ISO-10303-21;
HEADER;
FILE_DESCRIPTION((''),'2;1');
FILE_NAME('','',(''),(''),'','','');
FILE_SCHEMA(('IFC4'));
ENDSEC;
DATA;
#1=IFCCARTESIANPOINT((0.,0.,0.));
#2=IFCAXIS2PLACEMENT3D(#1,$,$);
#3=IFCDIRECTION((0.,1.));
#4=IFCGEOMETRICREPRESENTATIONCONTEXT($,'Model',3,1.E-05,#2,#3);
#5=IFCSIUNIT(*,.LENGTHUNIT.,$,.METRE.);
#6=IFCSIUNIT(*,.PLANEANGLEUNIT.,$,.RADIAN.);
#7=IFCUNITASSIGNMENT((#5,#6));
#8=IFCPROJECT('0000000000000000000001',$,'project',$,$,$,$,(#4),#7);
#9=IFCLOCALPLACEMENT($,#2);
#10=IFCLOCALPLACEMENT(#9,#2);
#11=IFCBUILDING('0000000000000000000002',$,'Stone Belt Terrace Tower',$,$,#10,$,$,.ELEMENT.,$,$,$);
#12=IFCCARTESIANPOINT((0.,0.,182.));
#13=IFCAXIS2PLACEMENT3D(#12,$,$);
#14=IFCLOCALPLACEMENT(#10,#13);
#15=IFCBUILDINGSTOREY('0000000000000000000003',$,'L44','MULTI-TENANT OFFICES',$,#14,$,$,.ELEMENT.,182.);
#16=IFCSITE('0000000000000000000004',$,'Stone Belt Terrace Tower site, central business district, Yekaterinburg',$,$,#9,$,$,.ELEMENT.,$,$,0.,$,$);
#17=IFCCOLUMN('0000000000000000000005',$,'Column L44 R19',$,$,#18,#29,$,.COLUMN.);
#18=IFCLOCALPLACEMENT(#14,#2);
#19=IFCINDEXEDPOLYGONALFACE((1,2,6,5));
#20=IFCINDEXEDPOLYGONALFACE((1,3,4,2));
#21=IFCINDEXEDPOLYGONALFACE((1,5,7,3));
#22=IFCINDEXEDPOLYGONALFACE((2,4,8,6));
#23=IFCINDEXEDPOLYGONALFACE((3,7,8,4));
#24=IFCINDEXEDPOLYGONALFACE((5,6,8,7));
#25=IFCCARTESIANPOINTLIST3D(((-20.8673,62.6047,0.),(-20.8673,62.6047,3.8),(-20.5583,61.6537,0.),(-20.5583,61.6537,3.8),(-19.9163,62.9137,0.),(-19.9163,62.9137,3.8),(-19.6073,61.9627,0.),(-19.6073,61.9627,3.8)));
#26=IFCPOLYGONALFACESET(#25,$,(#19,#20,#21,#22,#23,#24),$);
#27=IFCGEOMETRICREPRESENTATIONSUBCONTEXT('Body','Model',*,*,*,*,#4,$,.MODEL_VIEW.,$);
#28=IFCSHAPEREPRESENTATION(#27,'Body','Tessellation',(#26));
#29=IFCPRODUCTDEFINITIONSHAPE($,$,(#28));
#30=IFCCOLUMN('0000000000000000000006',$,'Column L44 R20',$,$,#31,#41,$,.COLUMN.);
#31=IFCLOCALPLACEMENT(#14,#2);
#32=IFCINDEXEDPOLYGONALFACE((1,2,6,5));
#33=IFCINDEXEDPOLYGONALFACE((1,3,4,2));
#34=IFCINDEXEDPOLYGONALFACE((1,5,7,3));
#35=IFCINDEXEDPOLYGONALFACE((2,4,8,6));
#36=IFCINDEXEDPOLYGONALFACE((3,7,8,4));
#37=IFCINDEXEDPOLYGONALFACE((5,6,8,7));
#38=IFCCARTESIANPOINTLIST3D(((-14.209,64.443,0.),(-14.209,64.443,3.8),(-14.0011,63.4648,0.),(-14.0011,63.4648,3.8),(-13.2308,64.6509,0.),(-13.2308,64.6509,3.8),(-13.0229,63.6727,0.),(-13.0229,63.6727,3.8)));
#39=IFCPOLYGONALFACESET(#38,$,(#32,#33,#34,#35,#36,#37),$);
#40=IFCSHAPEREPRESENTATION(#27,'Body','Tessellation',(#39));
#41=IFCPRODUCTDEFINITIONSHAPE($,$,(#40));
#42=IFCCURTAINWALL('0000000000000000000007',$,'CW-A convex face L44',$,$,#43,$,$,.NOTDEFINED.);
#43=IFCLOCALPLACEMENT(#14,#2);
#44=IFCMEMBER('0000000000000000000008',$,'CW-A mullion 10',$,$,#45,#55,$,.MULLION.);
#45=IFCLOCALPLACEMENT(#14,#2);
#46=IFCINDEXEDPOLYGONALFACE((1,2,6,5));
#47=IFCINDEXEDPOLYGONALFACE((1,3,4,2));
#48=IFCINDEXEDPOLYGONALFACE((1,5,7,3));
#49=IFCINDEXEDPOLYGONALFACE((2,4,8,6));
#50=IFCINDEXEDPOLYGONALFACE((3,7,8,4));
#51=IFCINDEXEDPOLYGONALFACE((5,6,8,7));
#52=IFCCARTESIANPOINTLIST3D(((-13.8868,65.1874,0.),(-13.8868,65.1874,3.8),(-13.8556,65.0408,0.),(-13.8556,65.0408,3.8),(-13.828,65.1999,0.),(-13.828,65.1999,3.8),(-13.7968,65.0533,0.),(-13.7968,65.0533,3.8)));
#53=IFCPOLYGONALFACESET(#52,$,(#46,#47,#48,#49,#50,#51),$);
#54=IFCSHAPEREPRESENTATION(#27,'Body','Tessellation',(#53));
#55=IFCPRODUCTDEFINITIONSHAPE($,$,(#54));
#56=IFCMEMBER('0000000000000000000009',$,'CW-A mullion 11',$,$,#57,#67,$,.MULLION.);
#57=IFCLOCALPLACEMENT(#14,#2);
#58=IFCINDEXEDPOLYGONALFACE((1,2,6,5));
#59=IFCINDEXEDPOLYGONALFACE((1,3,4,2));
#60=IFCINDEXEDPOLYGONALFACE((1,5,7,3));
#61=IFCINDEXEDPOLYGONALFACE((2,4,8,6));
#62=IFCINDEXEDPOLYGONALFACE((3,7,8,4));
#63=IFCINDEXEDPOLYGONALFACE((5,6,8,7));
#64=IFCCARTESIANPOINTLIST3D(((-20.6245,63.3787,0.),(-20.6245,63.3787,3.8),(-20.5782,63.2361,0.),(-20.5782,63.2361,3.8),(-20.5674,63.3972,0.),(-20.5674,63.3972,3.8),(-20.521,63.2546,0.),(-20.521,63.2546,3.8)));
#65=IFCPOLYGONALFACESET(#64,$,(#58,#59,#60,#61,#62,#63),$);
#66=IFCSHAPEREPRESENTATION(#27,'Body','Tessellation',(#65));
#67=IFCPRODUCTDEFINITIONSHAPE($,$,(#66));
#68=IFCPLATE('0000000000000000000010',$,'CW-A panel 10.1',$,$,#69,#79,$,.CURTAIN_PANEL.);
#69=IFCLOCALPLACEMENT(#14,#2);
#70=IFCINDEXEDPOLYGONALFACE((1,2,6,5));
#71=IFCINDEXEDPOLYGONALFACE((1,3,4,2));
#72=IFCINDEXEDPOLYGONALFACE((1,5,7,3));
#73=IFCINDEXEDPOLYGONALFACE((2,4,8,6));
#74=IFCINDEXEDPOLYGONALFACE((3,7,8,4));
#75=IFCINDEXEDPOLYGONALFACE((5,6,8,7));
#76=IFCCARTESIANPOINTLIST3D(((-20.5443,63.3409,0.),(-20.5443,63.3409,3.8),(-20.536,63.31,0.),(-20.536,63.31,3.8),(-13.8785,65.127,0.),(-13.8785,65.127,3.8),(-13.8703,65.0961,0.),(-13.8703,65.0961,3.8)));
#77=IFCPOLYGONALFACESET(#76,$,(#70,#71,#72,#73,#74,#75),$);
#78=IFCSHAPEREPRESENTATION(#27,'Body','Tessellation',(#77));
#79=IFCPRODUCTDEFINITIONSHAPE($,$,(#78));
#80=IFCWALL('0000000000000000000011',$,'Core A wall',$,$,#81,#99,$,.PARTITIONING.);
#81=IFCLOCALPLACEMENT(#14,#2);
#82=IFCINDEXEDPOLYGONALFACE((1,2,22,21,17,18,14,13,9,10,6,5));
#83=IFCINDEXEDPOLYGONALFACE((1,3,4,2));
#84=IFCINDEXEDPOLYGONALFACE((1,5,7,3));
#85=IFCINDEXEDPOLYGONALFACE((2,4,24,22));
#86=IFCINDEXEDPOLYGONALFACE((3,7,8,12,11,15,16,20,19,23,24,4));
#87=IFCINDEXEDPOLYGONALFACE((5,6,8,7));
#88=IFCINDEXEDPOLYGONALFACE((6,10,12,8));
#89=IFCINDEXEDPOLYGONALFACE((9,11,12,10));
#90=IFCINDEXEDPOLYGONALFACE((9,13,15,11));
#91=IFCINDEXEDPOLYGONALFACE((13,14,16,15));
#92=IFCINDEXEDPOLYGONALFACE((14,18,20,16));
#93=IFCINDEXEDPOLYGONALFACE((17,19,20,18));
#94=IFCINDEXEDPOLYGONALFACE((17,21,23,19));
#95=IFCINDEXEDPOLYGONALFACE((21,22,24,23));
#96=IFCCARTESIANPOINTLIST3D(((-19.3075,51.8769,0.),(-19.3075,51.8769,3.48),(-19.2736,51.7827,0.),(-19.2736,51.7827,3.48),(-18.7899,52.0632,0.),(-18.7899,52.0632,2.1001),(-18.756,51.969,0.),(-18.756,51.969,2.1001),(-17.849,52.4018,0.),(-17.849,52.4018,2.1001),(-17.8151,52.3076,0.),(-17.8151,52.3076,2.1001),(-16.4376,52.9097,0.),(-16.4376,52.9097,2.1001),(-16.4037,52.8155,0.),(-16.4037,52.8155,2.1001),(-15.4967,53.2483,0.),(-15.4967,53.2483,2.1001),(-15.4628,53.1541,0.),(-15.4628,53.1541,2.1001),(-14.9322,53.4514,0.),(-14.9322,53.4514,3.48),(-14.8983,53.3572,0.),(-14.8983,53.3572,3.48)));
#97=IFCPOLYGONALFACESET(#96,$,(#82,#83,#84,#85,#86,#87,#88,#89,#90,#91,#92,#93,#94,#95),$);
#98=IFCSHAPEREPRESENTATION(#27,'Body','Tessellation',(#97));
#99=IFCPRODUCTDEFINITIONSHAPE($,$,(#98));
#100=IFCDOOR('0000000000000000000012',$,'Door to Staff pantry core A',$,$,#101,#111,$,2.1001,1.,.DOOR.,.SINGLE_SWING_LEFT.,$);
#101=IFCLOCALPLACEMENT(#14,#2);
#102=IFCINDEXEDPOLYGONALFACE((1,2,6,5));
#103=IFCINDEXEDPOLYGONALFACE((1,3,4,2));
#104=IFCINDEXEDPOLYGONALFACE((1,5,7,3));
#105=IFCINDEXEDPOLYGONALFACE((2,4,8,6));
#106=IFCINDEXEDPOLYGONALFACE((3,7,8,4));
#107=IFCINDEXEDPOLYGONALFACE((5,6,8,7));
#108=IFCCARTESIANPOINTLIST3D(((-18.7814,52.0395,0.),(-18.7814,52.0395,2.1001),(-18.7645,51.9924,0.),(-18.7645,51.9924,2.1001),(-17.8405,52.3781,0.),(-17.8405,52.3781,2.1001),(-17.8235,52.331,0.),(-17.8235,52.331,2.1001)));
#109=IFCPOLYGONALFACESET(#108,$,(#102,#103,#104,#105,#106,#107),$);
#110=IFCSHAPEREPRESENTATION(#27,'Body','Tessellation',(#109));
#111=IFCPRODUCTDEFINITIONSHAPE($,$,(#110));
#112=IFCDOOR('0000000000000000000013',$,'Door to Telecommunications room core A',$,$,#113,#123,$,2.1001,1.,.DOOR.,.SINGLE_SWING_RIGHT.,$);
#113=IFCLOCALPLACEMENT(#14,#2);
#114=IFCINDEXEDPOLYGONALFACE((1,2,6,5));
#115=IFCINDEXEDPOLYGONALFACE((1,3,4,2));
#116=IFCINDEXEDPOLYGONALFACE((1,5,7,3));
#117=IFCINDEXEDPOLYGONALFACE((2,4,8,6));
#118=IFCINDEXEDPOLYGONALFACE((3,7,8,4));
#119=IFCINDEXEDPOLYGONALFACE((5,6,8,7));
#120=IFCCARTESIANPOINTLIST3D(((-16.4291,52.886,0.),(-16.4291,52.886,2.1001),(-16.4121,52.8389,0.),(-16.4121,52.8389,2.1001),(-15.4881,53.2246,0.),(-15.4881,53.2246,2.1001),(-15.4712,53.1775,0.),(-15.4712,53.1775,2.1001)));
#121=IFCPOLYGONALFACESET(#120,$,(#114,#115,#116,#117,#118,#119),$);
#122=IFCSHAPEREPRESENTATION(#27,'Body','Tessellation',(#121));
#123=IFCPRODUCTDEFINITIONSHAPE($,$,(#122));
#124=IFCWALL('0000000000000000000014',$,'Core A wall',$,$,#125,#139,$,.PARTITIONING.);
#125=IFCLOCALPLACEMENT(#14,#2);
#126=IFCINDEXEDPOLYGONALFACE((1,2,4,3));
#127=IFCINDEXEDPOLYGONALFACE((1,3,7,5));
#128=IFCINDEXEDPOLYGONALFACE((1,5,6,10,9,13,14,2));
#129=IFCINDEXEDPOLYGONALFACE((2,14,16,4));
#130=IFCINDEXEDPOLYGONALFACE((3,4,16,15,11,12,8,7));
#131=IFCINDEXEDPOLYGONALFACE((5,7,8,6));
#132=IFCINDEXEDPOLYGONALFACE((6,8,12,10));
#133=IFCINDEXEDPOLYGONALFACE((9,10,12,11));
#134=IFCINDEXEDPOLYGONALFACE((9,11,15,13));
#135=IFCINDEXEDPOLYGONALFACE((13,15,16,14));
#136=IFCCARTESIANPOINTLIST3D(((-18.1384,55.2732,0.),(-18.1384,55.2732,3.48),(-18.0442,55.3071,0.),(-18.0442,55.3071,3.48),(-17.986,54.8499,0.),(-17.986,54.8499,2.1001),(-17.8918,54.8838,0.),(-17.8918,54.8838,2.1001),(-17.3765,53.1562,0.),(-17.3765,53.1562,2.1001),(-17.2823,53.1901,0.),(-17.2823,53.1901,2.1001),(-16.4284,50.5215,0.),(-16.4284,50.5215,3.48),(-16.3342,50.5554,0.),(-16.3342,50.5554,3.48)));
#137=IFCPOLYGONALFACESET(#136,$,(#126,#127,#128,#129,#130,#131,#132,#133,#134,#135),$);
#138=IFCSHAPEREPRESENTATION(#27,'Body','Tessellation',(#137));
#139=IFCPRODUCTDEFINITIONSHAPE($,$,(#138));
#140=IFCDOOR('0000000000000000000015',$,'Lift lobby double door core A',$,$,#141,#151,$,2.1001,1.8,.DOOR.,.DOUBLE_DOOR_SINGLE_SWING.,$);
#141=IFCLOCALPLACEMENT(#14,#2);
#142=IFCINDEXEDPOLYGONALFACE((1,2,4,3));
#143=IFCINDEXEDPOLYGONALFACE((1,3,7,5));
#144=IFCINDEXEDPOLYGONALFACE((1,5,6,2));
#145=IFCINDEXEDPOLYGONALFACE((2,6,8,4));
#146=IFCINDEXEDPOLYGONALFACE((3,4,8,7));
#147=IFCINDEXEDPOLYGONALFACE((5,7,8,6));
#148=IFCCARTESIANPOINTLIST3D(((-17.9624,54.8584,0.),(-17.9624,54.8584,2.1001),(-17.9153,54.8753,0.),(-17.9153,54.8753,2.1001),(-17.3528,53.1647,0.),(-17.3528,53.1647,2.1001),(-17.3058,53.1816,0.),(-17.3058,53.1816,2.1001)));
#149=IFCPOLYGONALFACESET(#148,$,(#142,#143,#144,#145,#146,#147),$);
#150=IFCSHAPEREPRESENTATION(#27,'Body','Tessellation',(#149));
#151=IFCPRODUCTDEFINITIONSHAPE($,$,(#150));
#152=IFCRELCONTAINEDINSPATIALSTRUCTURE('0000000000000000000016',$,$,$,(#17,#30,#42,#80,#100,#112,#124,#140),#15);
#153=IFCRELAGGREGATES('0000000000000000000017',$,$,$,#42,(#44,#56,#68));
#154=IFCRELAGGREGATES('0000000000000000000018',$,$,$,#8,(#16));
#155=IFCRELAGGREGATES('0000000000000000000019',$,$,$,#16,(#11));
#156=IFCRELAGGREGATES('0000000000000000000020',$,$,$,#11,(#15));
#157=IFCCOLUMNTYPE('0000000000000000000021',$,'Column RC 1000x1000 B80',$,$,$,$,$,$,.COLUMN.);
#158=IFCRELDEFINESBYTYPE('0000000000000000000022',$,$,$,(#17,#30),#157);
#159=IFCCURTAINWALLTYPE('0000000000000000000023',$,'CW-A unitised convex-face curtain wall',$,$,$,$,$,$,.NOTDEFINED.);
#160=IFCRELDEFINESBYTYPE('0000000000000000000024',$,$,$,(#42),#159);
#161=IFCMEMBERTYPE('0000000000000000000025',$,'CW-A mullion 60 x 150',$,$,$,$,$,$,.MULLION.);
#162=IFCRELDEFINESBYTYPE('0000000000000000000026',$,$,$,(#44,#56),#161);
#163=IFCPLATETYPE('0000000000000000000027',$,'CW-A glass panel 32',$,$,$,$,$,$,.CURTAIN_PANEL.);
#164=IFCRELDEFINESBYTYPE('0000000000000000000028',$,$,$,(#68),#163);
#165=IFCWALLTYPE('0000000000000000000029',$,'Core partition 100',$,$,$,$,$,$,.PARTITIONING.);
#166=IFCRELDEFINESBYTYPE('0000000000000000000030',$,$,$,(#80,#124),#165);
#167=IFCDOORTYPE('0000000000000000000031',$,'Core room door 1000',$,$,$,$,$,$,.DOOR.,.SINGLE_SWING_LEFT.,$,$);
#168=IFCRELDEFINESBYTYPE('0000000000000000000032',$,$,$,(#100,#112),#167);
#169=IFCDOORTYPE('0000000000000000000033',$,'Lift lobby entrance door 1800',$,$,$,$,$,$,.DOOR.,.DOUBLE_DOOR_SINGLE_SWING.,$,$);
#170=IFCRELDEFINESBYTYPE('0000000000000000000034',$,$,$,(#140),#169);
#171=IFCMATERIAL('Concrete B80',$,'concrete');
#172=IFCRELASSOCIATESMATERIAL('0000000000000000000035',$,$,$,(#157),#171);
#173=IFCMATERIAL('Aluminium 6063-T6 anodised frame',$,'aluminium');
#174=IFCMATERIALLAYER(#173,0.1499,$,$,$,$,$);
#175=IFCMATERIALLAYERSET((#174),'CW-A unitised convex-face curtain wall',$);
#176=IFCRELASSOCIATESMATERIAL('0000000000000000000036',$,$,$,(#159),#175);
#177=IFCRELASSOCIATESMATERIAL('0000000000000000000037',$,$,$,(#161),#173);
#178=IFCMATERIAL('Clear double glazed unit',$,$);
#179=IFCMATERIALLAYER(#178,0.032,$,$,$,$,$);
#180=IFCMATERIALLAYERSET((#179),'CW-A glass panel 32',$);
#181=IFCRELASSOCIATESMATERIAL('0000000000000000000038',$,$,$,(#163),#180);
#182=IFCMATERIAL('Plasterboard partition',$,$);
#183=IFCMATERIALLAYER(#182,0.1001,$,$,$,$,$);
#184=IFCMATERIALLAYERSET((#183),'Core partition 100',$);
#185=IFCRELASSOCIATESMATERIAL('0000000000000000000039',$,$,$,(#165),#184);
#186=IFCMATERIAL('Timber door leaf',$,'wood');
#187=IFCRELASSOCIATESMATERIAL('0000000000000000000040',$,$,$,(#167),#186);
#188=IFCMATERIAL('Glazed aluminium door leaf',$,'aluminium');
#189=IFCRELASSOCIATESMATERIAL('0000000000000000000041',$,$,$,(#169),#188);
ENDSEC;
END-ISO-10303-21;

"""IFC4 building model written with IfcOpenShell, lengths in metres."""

from ifc_helpers import new_model, si_unit, direction, frame, frame_2d, origin, origin_2d, place, context, subcontext, project, spatial, rectangle, extrude, material, layer, layer_set, material_profile, profile_set, type_object, element, fill, aggregate, save


model = new_model("IFC4")

# Units and contexts
model_context = context("Model", 3, precision=1e-05, world=origin(), true_north=direction((0.0, 1.0)))
body_context = subcontext(model_context, "Body", "Model", "MODEL_VIEW")
ifc_project = project(units=[si_unit("LENGTHUNIT", "METRE"), si_unit("PLANEANGLEUNIT", "RADIAN")], contexts=[model_context])

# Site, building, storey
site_placement = place(None, origin())
site = spatial("IfcSite", under=ifc_project, at=site_placement, Name="Stone Belt Terrace Tower site, central business district, Yekaterinburg", CompositionType="ELEMENT", RefElevation=0.0)
building_placement = place(site_placement, origin())
building = spatial("IfcBuilding", under=site, at=building_placement, Name="Stone Belt Terrace Tower", CompositionType="ELEMENT")
storey_placement = place(building_placement, frame((0.0, 0.0, 182.0)))
storey = spatial("IfcBuildingStorey", under=building, at=storey_placement, Name="L44", Description="MULTI-TENANT OFFICES", CompositionType="ELEMENT", Elevation=182.0)

# Columns
ifc_material_1 = material(Name="Concrete B80", Category="concrete")
ifc_material_profile_1 = material_profile(ifc_material_1, rectangle(XDim=1.0, YDim=1.0, at=origin_2d()), Name="RC 1000x1000")
ifc_profile_set_1 = profile_set([ifc_material_profile_1], Name="Concrete B80")
column_type = type_object("IfcColumnType", Name="Column RC 1000x1000 B80", PredefinedType="COLUMN", material=ifc_profile_set_1)
for number, where, z_axis, x_axis, name in (
    (1, (-20.2373, 62.2837, 0.0), (0.0, 0.0, 1.0), (0.951057, 0.309017, 0.0), "Column L44 R19"),
    (2, (-13.616, 64.0579, 0.0), (0.0, 0.0, 1.0), (0.978148, 0.207912, 0.0), "Column L44 R20"),
):
    element("IfcColumn", number, at=place(storey_placement, frame(where, z_axis=z_axis, x_axis=x_axis)), inside=storey, type_object=column_type, Name=name, PredefinedType="COLUMN", context=body_context, shape_type="SweptSolid", body=[
        extrude(rectangle(XDim=1.0, YDim=1.0, at=origin_2d()), origin(), (0.0, 0.0, 1.0), 3.8),
    ])

# Curtain wall, members, plate
ifc_material_2 = material(Name="Aluminium 6063-T6 anodised frame", Category="aluminium")
ifc_layer_1 = layer(ifc_material_2, 0.1499)
ifc_layer_set_1 = layer_set([ifc_layer_1], Name="CW-A unitised convex-face curtain wall")
curtain_wall_type = type_object("IfcCurtainWallType", Name="CW-A unitised convex-face curtain wall", PredefinedType="NOTDEFINED", material=ifc_layer_set_1)
curtain_wall_placement = place(storey_placement, origin())
curtain_wall = element("IfcCurtainWall", 3, at=curtain_wall_placement, inside=storey, type_object=curtain_wall_type, Name="CW-A convex face L44", PredefinedType="NOTDEFINED")
ifc_material_profile_2 = material_profile(ifc_material_2, rectangle(XDim=0.1499, YDim=0.0601, at=origin_2d()), Name="Aluminium 6063-T6 60x150")
ifc_profile_set_2 = profile_set([ifc_material_profile_2], Name="Aluminium 6063-T6 anodised frame")
member_type = type_object("IfcMemberType", Name="CW-A mullion 60 x 150", PredefinedType="MULLION", material=ifc_profile_set_2)
member_1_placement = place(storey_placement, frame((-13.8418, 65.1204, 0.0), z_axis=(0.0, 0.0, 1.0), x_axis=(0.207912, -0.978148, 0.0)))
member_1 = element("IfcMember", 4, at=member_1_placement, type_object=member_type, Name="CW-A mullion 10", PredefinedType="MULLION", context=body_context, shape_type="SweptSolid", body=[
    extrude(rectangle(XDim=0.1499, YDim=0.0601, at=origin_2d()), origin(), (0.0, 0.0, 1.0), 3.8),
])
member_2_placement = place(storey_placement, frame((-20.5728, 63.3167, 0.0), z_axis=(0.0, 0.0, 1.0), x_axis=(0.309017, -0.951057, 0.0)))
member_2 = element("IfcMember", 5, at=member_2_placement, type_object=member_type, Name="CW-A mullion 11", PredefinedType="MULLION", context=body_context, shape_type="SweptSolid", body=[
    extrude(rectangle(XDim=0.1499, YDim=0.0601, at=origin_2d()), origin(), (0.0, 0.0, 1.0), 3.8),
])
ifc_material_3 = material(Name="Clear double glazed unit")
ifc_layer_2 = layer(ifc_material_3, 0.032)
ifc_layer_set_2 = layer_set([ifc_layer_2], Name="CW-A glass panel 32")
plate_type = type_object("IfcPlateType", Name="CW-A glass panel 32", PredefinedType="CURTAIN_PANEL", material=ifc_layer_set_2)
plate_placement = place(storey_placement, frame((-17.2073, 64.2185, 0.0), z_axis=(0.0, 0.0, 1.0), x_axis=(-0.965926, -0.258819, 0.0)))
plate = element("IfcPlate", 6, at=plate_placement, type_object=plate_type, Name="CW-A panel 10.1", PredefinedType="CURTAIN_PANEL", context=body_context, shape_type="SweptSolid", body=[
    extrude(rectangle(XDim=6.9009, YDim=0.032, at=origin_2d()), origin(), (0.0, 0.0, 1.0), 3.8),
])
aggregate(curtain_wall, [member_1, member_2, plate])

# Wall, openings, doors
ifc_material_4 = material(Name="Plasterboard partition")
ifc_layer_3 = layer(ifc_material_4, 0.1001)
ifc_layer_set_3 = layer_set([ifc_layer_3], Name="Core partition 100")
wall_type_1 = type_object("IfcWallType", Name="Core partition 100", PredefinedType="PARTITIONING", material=ifc_layer_set_3)
wall_1_placement = place(storey_placement, frame((-19.2905, 51.8298, 0.0), z_axis=(0.0, 0.0, 1.0), x_axis=(0.94093, 0.3386, 0.0)))
wall_1 = element("IfcWall", 7, at=wall_1_placement, inside=storey, type_object=wall_type_1, Name="Core A wall", PredefinedType="PARTITIONING", context=body_context, shape_type="SweptSolid", body=[
    extrude(rectangle(XDim=4.6499, YDim=0.1001, at=frame_2d((2.325, 0.0))), origin(), (0.0, 0.0, 1.0), 3.48),
])
opening_1_placement = place(wall_1_placement, frame((0.55, 0.0, 0.0)))
opening_1 = element("IfcOpeningElement", 8, at=opening_1_placement, cuts=wall_1, PredefinedType="OPENING", context=body_context, shape_type="SweptSolid", body=[
    extrude(rectangle(XDim=1.0, YDim=2.1001, at=frame_2d((0.5, 1.05))), frame((0.0, 0.0601, 0.0), z_axis=(0.0, -1.0, 0.0), x_axis=(1.0, 0.0, 0.0)), (0.0, 0.0, 1.0), 0.1201),
])
opening_2_placement = place(wall_1_placement, frame((3.05, 0.0, 0.0)))
opening_2 = element("IfcOpeningElement", 9, at=opening_2_placement, cuts=wall_1, PredefinedType="OPENING", context=body_context, shape_type="SweptSolid", body=[
    extrude(rectangle(XDim=1.0, YDim=2.1001, at=frame_2d((0.5, 1.05))), frame((0.0, 0.0601, 0.0), z_axis=(0.0, -1.0, 0.0), x_axis=(1.0, 0.0, 0.0)), (0.0, 0.0, 1.0), 0.1201),
])
ifc_material_5 = material(Name="Timber door leaf", Category="wood")
door_type_1 = type_object("IfcDoorType", Name="Core room door 1000", OperationType="SINGLE_SWING_LEFT", PredefinedType="DOOR", material=ifc_material_5)
door_1_placement = place(opening_1_placement, origin())
door_1 = element("IfcDoor", 10, at=door_1_placement, inside=storey, type_object=door_type_1, Name="Door to Staff pantry core A", OperationType="SINGLE_SWING_LEFT", OverallHeight=2.1001, OverallWidth=1.0, PredefinedType="DOOR", context=body_context, shape_type="SweptSolid", body=[
    extrude(rectangle(XDim=1.0, YDim=2.1001, at=frame_2d((0.5, 1.05))), frame((0.0, 0.0249, 0.0), z_axis=(0.0, -1.0, 0.0), x_axis=(1.0, 0.0, 0.0)), (0.0, 0.0, 1.0), 0.05),
])
fill(opening_1, door_1)
door_2_placement = place(opening_2_placement, origin())
door_2 = element("IfcDoor", 11, at=door_2_placement, inside=storey, type_object=door_type_1, Name="Door to Telecommunications room core A", OperationType="SINGLE_SWING_RIGHT", OverallHeight=2.1001, OverallWidth=1.0, PredefinedType="DOOR", context=body_context, shape_type="SweptSolid", body=[
    extrude(rectangle(XDim=1.0, YDim=2.1001, at=frame_2d((0.5, 1.05))), frame((0.0, 0.0249, 0.0), z_axis=(0.0, -1.0, 0.0), x_axis=(1.0, 0.0, 0.0)), (0.0, 0.0, 1.0), 0.05),
])
fill(opening_2, door_2)

# Wall, opening, door
wall_2_placement = place(storey_placement, frame((-16.3813, 50.5386, 0.0), z_axis=(0.0, 0.0, 1.0), x_axis=(-0.338605, 0.940929, 0.0)))
wall_2 = element("IfcWall", 12, at=wall_2_placement, inside=storey, type_object=wall_type_1, Name="Core A wall", PredefinedType="PARTITIONING", context=body_context, shape_type="SweptSolid", body=[
    extrude(rectangle(XDim=5.05, YDim=0.1001, at=frame_2d((2.5249, 0.0))), origin(), (0.0, 0.0, 1.0), 3.48),
])
opening_3_placement = place(wall_2_placement, frame((2.8, 0.0, 0.0)))
opening_3 = element("IfcOpeningElement", 13, at=opening_3_placement, cuts=wall_2, PredefinedType="OPENING", context=body_context, shape_type="SweptSolid", body=[
    extrude(rectangle(XDim=1.8, YDim=2.1001, at=frame_2d((0.8999, 1.05))), frame((0.0, 0.0601, 0.0), z_axis=(0.0, -1.0, 0.0), x_axis=(1.0, 0.0, 0.0)), (0.0, 0.0, 1.0), 0.1201),
])
ifc_material_6 = material(Name="Glazed aluminium door leaf", Category="aluminium")
door_type_2 = type_object("IfcDoorType", Name="Lift lobby entrance door 1800", OperationType="DOUBLE_DOOR_SINGLE_SWING", PredefinedType="DOOR", material=ifc_material_6)
door_3_placement = place(opening_3_placement, origin())
door_3 = element("IfcDoor", 14, at=door_3_placement, inside=storey, type_object=door_type_2, Name="Lift lobby double door core A", OperationType="DOUBLE_DOOR_SINGLE_SWING", OverallHeight=2.1001, OverallWidth=1.8, PredefinedType="DOOR", context=body_context, shape_type="SweptSolid", body=[
    extrude(rectangle(XDim=1.8, YDim=2.1001, at=frame_2d((0.8999, 1.05))), frame((0.0, 0.0249, 0.0), z_axis=(0.0, -1.0, 0.0), x_axis=(1.0, 0.0, 0.0)), (0.0, 0.0, 1.0), 0.05),
])
fill(opening_3, door_3)

save(model, "model.ifc")
